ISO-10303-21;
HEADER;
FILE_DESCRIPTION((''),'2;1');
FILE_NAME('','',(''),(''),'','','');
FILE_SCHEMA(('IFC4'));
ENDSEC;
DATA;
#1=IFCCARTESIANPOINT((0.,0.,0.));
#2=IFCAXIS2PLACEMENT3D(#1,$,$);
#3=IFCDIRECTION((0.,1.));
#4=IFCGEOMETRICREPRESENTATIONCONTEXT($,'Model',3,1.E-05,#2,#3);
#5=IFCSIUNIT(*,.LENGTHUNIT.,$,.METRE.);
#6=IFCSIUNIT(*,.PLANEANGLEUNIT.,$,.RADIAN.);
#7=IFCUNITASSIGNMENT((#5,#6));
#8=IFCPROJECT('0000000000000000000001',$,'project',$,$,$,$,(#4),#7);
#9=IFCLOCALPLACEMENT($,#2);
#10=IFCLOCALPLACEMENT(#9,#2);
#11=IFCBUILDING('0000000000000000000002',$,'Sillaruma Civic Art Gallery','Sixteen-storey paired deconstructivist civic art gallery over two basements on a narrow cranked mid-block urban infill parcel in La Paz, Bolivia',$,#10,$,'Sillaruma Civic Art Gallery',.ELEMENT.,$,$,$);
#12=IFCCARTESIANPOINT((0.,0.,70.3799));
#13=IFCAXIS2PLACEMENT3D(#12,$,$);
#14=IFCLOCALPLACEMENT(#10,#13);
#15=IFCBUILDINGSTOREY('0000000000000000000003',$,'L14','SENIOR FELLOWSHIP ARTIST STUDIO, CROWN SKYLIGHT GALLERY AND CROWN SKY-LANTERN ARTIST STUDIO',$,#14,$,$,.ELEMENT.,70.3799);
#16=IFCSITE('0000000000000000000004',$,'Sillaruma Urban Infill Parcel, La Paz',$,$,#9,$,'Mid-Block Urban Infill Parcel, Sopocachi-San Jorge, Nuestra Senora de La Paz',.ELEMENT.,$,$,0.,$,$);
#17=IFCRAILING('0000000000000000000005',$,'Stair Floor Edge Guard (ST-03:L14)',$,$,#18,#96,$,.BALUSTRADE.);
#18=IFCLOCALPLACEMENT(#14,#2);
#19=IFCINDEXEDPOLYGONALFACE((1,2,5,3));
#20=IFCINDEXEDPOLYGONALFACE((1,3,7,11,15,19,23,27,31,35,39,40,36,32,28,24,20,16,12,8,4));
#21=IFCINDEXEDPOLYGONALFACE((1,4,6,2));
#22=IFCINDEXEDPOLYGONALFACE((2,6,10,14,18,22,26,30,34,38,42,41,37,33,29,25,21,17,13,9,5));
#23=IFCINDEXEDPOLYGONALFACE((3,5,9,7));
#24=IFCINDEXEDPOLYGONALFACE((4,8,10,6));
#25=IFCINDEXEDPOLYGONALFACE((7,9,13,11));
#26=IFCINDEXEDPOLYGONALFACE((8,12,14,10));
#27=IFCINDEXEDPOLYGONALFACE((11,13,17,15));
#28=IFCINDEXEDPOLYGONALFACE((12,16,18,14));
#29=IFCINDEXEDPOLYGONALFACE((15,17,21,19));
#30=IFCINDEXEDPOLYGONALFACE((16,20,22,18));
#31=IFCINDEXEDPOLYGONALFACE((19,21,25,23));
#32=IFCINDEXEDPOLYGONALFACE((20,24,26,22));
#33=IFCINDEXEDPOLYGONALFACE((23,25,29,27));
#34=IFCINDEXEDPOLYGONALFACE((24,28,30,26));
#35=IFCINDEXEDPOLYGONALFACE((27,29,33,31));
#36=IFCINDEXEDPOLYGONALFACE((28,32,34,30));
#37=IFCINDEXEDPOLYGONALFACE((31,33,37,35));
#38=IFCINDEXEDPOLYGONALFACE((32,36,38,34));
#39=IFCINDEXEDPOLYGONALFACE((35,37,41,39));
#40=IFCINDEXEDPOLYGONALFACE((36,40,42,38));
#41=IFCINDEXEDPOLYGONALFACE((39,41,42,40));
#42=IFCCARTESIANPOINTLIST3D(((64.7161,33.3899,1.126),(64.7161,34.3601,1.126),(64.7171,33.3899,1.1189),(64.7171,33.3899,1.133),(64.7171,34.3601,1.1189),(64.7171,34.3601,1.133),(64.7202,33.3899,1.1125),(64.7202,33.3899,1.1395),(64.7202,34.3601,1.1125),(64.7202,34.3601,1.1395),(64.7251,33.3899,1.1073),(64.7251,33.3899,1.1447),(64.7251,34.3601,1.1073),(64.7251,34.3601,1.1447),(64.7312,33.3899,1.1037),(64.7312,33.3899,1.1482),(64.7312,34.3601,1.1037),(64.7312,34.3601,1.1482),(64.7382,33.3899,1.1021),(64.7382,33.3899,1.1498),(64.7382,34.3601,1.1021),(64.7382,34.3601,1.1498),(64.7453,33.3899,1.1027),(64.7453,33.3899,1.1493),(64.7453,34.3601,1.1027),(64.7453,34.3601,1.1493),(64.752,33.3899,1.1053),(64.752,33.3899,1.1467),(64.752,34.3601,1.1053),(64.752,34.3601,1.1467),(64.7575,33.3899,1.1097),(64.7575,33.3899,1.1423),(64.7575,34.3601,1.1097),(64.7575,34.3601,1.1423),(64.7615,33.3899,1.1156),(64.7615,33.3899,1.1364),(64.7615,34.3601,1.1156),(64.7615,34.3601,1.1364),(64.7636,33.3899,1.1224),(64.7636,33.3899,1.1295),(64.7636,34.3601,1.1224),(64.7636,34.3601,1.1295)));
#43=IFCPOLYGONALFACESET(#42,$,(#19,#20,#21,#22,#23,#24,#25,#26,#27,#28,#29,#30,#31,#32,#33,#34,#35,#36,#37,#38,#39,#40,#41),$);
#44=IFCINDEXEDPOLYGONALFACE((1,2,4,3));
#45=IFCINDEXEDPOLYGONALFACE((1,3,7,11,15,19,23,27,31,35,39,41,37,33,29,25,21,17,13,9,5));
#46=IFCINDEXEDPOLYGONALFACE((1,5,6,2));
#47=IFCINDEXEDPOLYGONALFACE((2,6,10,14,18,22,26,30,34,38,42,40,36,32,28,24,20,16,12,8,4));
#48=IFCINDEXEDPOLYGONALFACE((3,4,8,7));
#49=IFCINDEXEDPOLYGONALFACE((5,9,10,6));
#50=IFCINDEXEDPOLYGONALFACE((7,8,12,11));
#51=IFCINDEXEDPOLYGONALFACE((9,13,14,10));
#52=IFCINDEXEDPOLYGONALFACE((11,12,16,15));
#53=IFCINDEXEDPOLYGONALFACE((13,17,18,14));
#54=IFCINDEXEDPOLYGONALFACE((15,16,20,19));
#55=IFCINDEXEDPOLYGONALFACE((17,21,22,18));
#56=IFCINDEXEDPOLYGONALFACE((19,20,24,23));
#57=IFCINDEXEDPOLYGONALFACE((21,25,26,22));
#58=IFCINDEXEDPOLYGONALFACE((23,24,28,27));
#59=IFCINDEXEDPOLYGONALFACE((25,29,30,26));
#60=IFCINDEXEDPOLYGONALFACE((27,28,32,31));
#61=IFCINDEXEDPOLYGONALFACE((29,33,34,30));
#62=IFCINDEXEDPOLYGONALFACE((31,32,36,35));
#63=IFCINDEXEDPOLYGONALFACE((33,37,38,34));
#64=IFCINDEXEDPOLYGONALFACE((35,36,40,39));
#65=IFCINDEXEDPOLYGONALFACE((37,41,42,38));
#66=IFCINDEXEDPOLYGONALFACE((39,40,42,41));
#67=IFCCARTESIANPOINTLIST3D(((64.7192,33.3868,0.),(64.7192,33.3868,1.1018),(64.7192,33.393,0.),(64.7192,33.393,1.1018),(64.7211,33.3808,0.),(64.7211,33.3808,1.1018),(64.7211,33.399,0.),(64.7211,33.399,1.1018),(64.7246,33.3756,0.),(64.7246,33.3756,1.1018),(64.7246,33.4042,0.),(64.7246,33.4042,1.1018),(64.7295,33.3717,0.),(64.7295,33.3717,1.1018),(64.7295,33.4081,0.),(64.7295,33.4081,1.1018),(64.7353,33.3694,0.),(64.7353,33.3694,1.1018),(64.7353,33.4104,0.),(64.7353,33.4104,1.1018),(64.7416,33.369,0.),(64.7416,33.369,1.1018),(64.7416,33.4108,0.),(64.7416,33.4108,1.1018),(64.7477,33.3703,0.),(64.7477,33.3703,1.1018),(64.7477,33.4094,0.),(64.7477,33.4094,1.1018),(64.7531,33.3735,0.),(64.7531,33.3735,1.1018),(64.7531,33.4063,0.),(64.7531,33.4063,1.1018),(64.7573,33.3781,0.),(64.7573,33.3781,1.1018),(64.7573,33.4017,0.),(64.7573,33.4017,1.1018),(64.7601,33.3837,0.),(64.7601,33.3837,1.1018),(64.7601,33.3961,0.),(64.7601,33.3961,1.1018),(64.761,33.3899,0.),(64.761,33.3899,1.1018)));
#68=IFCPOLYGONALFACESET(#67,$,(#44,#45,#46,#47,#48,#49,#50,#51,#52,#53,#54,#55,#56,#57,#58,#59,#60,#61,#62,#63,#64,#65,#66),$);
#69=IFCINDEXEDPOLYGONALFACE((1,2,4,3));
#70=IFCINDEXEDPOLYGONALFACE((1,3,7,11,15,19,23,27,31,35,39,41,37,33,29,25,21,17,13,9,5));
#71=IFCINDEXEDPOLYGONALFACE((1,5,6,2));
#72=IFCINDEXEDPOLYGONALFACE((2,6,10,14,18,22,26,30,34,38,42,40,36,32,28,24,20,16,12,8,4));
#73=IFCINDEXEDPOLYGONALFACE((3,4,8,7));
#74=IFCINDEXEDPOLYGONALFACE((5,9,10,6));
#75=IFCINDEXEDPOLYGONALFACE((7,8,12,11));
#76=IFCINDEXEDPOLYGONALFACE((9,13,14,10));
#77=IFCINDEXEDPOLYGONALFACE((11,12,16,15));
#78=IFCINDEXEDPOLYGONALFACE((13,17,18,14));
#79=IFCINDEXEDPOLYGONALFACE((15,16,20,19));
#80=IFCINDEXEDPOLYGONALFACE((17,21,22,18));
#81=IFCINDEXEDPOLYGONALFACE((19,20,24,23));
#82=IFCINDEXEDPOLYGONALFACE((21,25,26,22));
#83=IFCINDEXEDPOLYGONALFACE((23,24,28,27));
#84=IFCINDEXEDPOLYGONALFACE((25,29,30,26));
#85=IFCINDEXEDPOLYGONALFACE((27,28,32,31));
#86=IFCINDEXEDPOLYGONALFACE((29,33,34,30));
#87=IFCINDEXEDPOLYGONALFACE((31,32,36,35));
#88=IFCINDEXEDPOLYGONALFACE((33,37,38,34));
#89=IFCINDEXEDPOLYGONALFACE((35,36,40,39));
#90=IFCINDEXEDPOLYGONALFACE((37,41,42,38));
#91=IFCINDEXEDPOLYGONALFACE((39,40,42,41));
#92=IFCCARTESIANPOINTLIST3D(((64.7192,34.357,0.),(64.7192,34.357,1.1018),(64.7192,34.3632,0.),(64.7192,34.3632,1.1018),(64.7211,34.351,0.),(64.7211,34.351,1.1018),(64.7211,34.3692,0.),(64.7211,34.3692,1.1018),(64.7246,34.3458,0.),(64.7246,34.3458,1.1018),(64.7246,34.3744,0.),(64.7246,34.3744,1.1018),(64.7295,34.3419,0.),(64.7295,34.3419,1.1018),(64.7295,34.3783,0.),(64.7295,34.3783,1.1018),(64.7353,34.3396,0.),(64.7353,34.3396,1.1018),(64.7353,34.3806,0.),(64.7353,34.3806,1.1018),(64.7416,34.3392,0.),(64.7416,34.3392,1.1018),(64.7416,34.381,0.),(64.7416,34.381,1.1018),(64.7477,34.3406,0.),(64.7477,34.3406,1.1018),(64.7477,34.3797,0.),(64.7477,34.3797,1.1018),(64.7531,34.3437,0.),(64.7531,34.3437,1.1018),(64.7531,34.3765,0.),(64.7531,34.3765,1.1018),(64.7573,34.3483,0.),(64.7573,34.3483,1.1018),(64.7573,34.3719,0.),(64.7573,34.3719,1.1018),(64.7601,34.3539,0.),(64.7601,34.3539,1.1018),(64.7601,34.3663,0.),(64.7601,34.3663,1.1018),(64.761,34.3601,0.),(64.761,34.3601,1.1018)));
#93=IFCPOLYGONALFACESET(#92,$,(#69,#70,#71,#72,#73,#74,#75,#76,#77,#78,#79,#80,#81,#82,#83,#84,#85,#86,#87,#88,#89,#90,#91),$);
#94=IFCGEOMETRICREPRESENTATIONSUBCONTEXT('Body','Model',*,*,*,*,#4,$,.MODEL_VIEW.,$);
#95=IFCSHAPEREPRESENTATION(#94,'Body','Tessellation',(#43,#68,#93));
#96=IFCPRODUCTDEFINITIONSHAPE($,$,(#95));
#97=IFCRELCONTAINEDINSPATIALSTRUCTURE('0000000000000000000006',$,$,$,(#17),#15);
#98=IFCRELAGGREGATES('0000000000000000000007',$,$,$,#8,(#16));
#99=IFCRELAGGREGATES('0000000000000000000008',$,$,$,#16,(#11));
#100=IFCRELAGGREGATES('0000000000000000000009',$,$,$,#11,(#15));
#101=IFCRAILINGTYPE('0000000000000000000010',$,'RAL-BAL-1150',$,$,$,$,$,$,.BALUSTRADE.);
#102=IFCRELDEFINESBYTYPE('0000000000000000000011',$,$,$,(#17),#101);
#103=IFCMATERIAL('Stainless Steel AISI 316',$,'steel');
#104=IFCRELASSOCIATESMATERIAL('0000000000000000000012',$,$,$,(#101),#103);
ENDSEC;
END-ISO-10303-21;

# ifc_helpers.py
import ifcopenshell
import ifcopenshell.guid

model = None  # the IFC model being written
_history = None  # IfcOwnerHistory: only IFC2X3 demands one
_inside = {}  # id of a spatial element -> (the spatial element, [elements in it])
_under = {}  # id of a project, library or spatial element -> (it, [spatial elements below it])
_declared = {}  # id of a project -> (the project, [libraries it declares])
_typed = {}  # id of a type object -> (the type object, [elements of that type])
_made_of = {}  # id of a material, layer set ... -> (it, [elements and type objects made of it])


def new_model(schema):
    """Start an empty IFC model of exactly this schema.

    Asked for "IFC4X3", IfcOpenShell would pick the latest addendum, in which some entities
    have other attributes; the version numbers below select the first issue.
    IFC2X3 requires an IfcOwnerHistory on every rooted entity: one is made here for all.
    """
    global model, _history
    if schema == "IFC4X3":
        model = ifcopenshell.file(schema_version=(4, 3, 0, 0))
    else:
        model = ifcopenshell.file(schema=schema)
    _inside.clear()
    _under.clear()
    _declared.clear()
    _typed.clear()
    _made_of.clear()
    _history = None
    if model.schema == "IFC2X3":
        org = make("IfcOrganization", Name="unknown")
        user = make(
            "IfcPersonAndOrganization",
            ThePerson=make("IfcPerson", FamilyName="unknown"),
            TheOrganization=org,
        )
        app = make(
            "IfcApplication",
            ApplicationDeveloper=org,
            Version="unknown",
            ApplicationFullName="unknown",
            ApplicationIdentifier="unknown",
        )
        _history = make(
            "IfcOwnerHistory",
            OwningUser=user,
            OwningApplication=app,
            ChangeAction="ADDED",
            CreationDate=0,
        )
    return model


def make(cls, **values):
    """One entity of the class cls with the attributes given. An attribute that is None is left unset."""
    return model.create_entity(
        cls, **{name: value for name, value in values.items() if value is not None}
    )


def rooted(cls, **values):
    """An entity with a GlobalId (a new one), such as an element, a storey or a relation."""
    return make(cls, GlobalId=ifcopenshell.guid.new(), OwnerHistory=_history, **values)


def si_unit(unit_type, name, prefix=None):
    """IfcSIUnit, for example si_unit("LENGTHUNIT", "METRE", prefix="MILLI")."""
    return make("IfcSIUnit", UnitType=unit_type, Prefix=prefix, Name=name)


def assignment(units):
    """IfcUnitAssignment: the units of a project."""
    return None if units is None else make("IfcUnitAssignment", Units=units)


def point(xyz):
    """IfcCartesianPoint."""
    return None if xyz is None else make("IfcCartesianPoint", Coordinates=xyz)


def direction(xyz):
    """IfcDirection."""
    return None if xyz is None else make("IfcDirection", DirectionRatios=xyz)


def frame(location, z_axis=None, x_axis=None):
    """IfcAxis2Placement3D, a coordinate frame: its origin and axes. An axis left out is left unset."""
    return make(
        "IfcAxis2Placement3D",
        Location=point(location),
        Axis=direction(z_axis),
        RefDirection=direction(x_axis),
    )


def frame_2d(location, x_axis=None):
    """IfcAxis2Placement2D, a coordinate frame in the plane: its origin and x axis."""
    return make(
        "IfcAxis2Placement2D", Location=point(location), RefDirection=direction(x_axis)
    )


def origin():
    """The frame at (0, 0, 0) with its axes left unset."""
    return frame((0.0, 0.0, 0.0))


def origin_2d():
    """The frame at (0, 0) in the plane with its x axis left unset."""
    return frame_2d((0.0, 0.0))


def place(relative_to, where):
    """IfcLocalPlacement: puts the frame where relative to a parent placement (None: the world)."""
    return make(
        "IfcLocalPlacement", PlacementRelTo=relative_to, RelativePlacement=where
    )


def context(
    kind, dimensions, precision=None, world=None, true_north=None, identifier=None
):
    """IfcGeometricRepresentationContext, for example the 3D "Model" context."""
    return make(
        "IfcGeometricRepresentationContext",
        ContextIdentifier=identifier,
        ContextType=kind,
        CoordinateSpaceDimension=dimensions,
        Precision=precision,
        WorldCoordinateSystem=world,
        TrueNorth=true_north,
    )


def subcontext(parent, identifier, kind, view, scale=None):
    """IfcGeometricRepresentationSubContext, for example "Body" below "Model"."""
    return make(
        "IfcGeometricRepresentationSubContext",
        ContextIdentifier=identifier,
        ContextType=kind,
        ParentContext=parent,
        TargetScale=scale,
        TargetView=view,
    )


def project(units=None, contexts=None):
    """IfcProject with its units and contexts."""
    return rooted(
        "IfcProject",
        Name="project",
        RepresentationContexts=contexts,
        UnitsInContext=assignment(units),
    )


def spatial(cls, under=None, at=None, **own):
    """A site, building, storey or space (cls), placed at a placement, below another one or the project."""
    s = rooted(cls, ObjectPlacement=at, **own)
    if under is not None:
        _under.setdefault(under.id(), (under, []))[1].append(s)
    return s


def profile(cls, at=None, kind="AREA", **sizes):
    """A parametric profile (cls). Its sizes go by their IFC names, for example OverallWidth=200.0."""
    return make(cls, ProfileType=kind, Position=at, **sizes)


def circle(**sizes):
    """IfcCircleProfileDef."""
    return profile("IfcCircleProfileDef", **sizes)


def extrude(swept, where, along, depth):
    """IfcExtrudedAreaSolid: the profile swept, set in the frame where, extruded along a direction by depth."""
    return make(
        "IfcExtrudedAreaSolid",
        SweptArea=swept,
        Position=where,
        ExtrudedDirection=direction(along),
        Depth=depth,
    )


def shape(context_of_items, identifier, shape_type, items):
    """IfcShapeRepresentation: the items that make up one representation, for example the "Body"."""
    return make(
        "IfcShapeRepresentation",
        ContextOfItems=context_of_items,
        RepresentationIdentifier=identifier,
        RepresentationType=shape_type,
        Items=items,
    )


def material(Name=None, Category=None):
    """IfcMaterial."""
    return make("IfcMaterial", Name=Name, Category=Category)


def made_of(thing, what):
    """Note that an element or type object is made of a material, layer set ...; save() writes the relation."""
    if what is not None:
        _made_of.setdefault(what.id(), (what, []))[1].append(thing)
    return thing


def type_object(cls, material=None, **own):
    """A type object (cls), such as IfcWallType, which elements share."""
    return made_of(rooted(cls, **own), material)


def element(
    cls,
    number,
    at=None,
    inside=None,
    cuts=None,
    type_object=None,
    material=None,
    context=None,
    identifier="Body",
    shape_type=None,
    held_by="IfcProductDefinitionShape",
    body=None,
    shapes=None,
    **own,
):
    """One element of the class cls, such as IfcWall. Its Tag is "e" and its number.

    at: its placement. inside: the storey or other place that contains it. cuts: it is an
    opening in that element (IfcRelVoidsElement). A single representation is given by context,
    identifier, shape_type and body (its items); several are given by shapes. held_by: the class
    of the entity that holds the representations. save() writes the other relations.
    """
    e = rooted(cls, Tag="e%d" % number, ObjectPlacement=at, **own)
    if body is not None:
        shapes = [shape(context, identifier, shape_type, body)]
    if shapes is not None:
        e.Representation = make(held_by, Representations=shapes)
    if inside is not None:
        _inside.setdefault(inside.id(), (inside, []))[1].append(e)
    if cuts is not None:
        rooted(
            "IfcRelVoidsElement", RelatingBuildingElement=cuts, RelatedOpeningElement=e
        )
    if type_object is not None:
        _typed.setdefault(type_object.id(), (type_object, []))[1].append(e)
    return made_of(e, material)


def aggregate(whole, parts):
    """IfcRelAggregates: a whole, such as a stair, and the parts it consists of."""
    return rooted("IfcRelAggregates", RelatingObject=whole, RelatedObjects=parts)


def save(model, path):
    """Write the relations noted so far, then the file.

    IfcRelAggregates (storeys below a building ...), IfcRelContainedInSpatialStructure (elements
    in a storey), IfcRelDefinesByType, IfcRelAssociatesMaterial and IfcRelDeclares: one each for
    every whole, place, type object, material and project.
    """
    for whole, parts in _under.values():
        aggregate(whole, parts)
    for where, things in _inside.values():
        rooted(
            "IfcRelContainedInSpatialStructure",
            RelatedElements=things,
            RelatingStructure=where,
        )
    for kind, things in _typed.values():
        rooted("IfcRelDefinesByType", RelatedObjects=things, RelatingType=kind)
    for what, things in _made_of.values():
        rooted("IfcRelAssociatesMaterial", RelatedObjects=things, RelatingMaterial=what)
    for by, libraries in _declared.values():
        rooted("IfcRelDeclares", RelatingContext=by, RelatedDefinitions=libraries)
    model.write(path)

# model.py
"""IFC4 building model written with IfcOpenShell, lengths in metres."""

from ifc_helpers import new_model, si_unit, direction, frame, origin, origin_2d, place, context, subcontext, project, spatial, circle, extrude, material, type_object, element, save


model = new_model("IFC4")

# Units and contexts
model_context = context("Model", 3, precision=1e-05, world=origin(), true_north=direction((0.0, 1.0)))
body_context = subcontext(model_context, "Body", "Model", "MODEL_VIEW")
ifc_project = project(units=[si_unit("LENGTHUNIT", "METRE"), si_unit("PLANEANGLEUNIT", "RADIAN")], contexts=[model_context])

# Site, building, storey
site_placement = place(None, origin())
site = spatial("IfcSite", under=ifc_project, at=site_placement, Name="Sillaruma Urban Infill Parcel, La Paz", LongName="Mid-Block Urban Infill Parcel, Sopocachi-San Jorge, Nuestra Senora de La Paz", CompositionType="ELEMENT", RefElevation=0.0)
building_placement = place(site_placement, origin())
building = spatial("IfcBuilding", under=site, at=building_placement, Name="Sillaruma Civic Art Gallery", Description="Sixteen-storey paired deconstructivist civic art gallery over two basements on a narrow cranked mid-block urban infill parcel in La Paz, Bolivia", LongName="Sillaruma Civic Art Gallery", CompositionType="ELEMENT")
storey_placement = place(building_placement, frame((0.0, 0.0, 70.3799)))
storey = spatial("IfcBuildingStorey", under=building, at=storey_placement, Name="L14", Description="SENIOR FELLOWSHIP ARTIST STUDIO, CROWN SKYLIGHT GALLERY AND CROWN SKY-LANTERN ARTIST STUDIO", CompositionType="ELEMENT", Elevation=70.3799)

# Railing
ifc_material_1 = material(Name="Stainless Steel AISI 316", Category="steel")
railing_type = type_object("IfcRailingType", Name="RAL-BAL-1150", PredefinedType="BALUSTRADE", material=ifc_material_1)
railing_1_placement = place(storey_placement, frame((64.74, 33.3899, 0.0)))
element("IfcRailing", 1, at=railing_1_placement, inside=storey, type_object=railing_type, Name="Stair Floor Edge Guard (ST-03:L14)", PredefinedType="BALUSTRADE", context=body_context, shape_type="SweptSolid", body=[
    extrude(circle(Radius=0.0239, at=origin_2d()), frame((0.0, 0.0, 1.126), z_axis=(0.0, 1.0, 0.0), x_axis=(-1.0, 0.0, 0.0)), (0.0, 0.0, 1.0), 0.9702),
    extrude(circle(Radius=0.021, at=origin_2d()), origin(), (0.0, 0.0, 1.0), 1.1018),
    extrude(circle(Radius=0.021, at=origin_2d()), frame((0.0, 0.9702, 0.0)), (0.0, 0.0, 1.0), 1.1018),
])

save(model, "model.ifc")
